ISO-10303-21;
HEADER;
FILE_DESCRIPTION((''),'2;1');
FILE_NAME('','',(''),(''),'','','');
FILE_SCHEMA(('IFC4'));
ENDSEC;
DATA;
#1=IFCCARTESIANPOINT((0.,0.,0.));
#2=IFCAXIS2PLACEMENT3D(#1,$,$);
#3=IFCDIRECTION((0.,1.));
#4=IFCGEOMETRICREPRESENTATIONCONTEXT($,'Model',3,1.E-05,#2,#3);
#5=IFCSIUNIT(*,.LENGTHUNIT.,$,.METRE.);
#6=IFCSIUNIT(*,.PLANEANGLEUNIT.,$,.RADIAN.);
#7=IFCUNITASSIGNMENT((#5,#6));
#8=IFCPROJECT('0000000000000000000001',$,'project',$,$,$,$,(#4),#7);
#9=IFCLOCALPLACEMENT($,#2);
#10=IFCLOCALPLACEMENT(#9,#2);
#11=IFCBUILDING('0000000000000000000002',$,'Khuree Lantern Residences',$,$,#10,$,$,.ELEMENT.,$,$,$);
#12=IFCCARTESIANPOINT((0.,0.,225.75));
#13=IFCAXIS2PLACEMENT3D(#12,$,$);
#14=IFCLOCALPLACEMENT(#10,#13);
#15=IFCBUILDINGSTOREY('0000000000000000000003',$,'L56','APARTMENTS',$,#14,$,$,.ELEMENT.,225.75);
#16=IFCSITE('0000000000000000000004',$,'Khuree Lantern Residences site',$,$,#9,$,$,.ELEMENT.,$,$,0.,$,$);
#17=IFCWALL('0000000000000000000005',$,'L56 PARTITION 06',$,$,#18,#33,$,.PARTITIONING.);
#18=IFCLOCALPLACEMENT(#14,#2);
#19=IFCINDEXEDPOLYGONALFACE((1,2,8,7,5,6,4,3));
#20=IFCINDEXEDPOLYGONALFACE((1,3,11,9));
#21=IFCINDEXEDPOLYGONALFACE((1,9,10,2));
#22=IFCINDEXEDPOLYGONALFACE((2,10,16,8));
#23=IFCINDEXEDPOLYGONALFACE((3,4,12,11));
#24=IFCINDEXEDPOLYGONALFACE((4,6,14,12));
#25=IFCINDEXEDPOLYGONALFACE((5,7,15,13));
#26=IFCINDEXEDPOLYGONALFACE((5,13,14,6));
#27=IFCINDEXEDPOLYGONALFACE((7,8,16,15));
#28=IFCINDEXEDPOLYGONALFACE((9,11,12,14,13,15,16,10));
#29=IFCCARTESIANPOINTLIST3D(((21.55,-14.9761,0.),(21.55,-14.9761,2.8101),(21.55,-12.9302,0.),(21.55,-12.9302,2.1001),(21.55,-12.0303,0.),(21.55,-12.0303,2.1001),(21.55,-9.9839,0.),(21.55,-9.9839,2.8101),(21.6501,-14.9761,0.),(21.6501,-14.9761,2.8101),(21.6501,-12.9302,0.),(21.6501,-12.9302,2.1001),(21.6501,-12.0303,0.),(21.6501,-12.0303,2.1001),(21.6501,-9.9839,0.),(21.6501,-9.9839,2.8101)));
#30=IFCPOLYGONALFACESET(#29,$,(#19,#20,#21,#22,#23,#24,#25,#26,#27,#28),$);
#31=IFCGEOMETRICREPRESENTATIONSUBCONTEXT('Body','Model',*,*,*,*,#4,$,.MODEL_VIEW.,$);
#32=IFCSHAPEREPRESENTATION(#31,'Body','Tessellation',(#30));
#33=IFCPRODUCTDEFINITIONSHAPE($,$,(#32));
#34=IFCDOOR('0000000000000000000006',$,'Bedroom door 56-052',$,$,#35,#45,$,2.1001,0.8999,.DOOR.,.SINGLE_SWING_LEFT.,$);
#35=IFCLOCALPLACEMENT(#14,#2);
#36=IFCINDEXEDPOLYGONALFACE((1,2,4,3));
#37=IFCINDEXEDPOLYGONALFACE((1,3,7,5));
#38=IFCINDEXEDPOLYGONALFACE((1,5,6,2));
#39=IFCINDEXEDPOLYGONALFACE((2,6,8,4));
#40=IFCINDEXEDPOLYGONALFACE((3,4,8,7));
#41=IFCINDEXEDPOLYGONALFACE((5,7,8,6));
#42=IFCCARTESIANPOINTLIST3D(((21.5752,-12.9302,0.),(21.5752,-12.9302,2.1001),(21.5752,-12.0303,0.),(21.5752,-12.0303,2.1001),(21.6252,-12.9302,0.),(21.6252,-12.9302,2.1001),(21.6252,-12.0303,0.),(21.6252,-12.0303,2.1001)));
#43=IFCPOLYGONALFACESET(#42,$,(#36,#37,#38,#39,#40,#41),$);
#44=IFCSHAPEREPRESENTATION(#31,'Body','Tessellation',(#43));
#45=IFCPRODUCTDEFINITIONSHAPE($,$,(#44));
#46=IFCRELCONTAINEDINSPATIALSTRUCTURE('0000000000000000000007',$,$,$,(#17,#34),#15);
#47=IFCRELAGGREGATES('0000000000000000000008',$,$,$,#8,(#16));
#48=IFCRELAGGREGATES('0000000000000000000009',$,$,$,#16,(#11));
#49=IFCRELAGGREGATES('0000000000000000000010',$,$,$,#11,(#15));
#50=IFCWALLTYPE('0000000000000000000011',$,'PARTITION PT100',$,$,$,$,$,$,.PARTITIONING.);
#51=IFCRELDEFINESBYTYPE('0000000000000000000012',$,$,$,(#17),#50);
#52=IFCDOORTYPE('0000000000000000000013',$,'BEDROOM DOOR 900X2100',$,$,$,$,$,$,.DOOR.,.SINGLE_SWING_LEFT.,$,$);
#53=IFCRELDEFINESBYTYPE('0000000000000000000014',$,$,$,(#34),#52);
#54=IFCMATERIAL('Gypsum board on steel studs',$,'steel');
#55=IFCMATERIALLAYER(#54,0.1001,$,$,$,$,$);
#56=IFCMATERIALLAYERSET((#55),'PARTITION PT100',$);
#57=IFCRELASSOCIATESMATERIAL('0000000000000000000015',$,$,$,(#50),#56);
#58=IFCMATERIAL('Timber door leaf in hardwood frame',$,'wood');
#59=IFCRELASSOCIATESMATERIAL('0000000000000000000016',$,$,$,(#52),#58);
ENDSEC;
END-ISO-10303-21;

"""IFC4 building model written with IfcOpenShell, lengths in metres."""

from ifc_helpers import new_model, si_unit, direction, frame, frame_2d, origin, place, context, subcontext, project, spatial, rectangle, extrude, material, layer, layer_set, type_object, element, fill, save


model = new_model("IFC4")

# Units and contexts
model_context = context("Model", 3, precision=1e-05, world=origin(), true_north=direction((0.0, 1.0)))
body_context = subcontext(model_context, "Body", "Model", "MODEL_VIEW")
ifc_project = project(units=[si_unit("LENGTHUNIT", "METRE"), si_unit("PLANEANGLEUNIT", "RADIAN")], contexts=[model_context])

# Site, building, storey
site_placement = place(None, origin())
site = spatial("IfcSite", under=ifc_project, at=site_placement, Name="Khuree Lantern Residences site", CompositionType="ELEMENT", RefElevation=0.0)
building_placement = place(site_placement, origin())
building = spatial("IfcBuilding", under=site, at=building_placement, Name="Khuree Lantern Residences", CompositionType="ELEMENT")
storey_placement = place(building_placement, frame((0.0, 0.0, 225.75)))
storey = spatial("IfcBuildingStorey", under=building, at=storey_placement, Name="L56", Description="APARTMENTS", CompositionType="ELEMENT", Elevation=225.75)

# Shared definitions
ifc_material_1 = material(Name="Timber door leaf in hardwood frame", Category="wood")

# Shared definitions
ifc_material_2 = material(Name="Gypsum board on steel studs", Category="steel")

# Shared definitions
ifc_layer_1 = layer(ifc_material_2, 0.1001)
ifc_layer_set_1 = layer_set([ifc_layer_1], Name="PARTITION PT100")
wall_type_1 = type_object("IfcWallType", Name="PARTITION PT100", PredefinedType="PARTITIONING", material=ifc_layer_set_1)

# Wall, opening, door
door_type_1 = type_object("IfcDoorType", Name="BEDROOM DOOR 900X2100", OperationType="SINGLE_SWING_LEFT", PredefinedType="DOOR", material=ifc_material_1)
wall_1_placement = place(storey_placement, frame((21.6001, -14.9761, 0.0), z_axis=(0.0, 0.0, 1.0), x_axis=(0.0, 1.0, 0.0)))
wall_1 = element("IfcWall", 1, at=wall_1_placement, inside=storey, type_object=wall_type_1, Name="L56 PARTITION 06", PredefinedType="PARTITIONING", context=body_context, shape_type="SweptSolid", body=[
    extrude(rectangle(XDim=4.9922, YDim=0.1001, at=frame_2d((2.4961, 0.0))), origin(), (0.0, 0.0, 1.0), 2.8101),
])
opening_1_placement = place(wall_1_placement, frame((2.0459, 0.0, 0.0)))
opening_1 = element("IfcOpeningElement", 2, at=opening_1_placement, cuts=wall_1, PredefinedType="OPENING", context=body_context, shape_type="SweptSolid", body=[
    extrude(rectangle(XDim=0.8999, YDim=2.1001, at=frame_2d((0.45, 1.05))), frame((0.0, 0.0601, 0.0), z_axis=(0.0, -1.0, 0.0), x_axis=(1.0, 0.0, 0.0)), (0.0, 0.0, 1.0), 0.1201),
])
door_1_placement = place(opening_1_placement, origin())
door_1 = element("IfcDoor", 3, at=door_1_placement, inside=storey, type_object=door_type_1, Name="Bedroom door 56-052", OperationType="SINGLE_SWING_LEFT", OverallHeight=2.1001, OverallWidth=0.8999, PredefinedType="DOOR", context=body_context, shape_type="SweptSolid", body=[
    extrude(rectangle(XDim=0.8999, YDim=2.1001, at=frame_2d((0.45, 1.05))), frame((0.0, 0.0249, 0.0), z_axis=(0.0, -1.0, 0.0), x_axis=(1.0, 0.0, 0.0)), (0.0, 0.0, 1.0), 0.05),
])
fill(opening_1, door_1)

save(model, "model.ifc")
